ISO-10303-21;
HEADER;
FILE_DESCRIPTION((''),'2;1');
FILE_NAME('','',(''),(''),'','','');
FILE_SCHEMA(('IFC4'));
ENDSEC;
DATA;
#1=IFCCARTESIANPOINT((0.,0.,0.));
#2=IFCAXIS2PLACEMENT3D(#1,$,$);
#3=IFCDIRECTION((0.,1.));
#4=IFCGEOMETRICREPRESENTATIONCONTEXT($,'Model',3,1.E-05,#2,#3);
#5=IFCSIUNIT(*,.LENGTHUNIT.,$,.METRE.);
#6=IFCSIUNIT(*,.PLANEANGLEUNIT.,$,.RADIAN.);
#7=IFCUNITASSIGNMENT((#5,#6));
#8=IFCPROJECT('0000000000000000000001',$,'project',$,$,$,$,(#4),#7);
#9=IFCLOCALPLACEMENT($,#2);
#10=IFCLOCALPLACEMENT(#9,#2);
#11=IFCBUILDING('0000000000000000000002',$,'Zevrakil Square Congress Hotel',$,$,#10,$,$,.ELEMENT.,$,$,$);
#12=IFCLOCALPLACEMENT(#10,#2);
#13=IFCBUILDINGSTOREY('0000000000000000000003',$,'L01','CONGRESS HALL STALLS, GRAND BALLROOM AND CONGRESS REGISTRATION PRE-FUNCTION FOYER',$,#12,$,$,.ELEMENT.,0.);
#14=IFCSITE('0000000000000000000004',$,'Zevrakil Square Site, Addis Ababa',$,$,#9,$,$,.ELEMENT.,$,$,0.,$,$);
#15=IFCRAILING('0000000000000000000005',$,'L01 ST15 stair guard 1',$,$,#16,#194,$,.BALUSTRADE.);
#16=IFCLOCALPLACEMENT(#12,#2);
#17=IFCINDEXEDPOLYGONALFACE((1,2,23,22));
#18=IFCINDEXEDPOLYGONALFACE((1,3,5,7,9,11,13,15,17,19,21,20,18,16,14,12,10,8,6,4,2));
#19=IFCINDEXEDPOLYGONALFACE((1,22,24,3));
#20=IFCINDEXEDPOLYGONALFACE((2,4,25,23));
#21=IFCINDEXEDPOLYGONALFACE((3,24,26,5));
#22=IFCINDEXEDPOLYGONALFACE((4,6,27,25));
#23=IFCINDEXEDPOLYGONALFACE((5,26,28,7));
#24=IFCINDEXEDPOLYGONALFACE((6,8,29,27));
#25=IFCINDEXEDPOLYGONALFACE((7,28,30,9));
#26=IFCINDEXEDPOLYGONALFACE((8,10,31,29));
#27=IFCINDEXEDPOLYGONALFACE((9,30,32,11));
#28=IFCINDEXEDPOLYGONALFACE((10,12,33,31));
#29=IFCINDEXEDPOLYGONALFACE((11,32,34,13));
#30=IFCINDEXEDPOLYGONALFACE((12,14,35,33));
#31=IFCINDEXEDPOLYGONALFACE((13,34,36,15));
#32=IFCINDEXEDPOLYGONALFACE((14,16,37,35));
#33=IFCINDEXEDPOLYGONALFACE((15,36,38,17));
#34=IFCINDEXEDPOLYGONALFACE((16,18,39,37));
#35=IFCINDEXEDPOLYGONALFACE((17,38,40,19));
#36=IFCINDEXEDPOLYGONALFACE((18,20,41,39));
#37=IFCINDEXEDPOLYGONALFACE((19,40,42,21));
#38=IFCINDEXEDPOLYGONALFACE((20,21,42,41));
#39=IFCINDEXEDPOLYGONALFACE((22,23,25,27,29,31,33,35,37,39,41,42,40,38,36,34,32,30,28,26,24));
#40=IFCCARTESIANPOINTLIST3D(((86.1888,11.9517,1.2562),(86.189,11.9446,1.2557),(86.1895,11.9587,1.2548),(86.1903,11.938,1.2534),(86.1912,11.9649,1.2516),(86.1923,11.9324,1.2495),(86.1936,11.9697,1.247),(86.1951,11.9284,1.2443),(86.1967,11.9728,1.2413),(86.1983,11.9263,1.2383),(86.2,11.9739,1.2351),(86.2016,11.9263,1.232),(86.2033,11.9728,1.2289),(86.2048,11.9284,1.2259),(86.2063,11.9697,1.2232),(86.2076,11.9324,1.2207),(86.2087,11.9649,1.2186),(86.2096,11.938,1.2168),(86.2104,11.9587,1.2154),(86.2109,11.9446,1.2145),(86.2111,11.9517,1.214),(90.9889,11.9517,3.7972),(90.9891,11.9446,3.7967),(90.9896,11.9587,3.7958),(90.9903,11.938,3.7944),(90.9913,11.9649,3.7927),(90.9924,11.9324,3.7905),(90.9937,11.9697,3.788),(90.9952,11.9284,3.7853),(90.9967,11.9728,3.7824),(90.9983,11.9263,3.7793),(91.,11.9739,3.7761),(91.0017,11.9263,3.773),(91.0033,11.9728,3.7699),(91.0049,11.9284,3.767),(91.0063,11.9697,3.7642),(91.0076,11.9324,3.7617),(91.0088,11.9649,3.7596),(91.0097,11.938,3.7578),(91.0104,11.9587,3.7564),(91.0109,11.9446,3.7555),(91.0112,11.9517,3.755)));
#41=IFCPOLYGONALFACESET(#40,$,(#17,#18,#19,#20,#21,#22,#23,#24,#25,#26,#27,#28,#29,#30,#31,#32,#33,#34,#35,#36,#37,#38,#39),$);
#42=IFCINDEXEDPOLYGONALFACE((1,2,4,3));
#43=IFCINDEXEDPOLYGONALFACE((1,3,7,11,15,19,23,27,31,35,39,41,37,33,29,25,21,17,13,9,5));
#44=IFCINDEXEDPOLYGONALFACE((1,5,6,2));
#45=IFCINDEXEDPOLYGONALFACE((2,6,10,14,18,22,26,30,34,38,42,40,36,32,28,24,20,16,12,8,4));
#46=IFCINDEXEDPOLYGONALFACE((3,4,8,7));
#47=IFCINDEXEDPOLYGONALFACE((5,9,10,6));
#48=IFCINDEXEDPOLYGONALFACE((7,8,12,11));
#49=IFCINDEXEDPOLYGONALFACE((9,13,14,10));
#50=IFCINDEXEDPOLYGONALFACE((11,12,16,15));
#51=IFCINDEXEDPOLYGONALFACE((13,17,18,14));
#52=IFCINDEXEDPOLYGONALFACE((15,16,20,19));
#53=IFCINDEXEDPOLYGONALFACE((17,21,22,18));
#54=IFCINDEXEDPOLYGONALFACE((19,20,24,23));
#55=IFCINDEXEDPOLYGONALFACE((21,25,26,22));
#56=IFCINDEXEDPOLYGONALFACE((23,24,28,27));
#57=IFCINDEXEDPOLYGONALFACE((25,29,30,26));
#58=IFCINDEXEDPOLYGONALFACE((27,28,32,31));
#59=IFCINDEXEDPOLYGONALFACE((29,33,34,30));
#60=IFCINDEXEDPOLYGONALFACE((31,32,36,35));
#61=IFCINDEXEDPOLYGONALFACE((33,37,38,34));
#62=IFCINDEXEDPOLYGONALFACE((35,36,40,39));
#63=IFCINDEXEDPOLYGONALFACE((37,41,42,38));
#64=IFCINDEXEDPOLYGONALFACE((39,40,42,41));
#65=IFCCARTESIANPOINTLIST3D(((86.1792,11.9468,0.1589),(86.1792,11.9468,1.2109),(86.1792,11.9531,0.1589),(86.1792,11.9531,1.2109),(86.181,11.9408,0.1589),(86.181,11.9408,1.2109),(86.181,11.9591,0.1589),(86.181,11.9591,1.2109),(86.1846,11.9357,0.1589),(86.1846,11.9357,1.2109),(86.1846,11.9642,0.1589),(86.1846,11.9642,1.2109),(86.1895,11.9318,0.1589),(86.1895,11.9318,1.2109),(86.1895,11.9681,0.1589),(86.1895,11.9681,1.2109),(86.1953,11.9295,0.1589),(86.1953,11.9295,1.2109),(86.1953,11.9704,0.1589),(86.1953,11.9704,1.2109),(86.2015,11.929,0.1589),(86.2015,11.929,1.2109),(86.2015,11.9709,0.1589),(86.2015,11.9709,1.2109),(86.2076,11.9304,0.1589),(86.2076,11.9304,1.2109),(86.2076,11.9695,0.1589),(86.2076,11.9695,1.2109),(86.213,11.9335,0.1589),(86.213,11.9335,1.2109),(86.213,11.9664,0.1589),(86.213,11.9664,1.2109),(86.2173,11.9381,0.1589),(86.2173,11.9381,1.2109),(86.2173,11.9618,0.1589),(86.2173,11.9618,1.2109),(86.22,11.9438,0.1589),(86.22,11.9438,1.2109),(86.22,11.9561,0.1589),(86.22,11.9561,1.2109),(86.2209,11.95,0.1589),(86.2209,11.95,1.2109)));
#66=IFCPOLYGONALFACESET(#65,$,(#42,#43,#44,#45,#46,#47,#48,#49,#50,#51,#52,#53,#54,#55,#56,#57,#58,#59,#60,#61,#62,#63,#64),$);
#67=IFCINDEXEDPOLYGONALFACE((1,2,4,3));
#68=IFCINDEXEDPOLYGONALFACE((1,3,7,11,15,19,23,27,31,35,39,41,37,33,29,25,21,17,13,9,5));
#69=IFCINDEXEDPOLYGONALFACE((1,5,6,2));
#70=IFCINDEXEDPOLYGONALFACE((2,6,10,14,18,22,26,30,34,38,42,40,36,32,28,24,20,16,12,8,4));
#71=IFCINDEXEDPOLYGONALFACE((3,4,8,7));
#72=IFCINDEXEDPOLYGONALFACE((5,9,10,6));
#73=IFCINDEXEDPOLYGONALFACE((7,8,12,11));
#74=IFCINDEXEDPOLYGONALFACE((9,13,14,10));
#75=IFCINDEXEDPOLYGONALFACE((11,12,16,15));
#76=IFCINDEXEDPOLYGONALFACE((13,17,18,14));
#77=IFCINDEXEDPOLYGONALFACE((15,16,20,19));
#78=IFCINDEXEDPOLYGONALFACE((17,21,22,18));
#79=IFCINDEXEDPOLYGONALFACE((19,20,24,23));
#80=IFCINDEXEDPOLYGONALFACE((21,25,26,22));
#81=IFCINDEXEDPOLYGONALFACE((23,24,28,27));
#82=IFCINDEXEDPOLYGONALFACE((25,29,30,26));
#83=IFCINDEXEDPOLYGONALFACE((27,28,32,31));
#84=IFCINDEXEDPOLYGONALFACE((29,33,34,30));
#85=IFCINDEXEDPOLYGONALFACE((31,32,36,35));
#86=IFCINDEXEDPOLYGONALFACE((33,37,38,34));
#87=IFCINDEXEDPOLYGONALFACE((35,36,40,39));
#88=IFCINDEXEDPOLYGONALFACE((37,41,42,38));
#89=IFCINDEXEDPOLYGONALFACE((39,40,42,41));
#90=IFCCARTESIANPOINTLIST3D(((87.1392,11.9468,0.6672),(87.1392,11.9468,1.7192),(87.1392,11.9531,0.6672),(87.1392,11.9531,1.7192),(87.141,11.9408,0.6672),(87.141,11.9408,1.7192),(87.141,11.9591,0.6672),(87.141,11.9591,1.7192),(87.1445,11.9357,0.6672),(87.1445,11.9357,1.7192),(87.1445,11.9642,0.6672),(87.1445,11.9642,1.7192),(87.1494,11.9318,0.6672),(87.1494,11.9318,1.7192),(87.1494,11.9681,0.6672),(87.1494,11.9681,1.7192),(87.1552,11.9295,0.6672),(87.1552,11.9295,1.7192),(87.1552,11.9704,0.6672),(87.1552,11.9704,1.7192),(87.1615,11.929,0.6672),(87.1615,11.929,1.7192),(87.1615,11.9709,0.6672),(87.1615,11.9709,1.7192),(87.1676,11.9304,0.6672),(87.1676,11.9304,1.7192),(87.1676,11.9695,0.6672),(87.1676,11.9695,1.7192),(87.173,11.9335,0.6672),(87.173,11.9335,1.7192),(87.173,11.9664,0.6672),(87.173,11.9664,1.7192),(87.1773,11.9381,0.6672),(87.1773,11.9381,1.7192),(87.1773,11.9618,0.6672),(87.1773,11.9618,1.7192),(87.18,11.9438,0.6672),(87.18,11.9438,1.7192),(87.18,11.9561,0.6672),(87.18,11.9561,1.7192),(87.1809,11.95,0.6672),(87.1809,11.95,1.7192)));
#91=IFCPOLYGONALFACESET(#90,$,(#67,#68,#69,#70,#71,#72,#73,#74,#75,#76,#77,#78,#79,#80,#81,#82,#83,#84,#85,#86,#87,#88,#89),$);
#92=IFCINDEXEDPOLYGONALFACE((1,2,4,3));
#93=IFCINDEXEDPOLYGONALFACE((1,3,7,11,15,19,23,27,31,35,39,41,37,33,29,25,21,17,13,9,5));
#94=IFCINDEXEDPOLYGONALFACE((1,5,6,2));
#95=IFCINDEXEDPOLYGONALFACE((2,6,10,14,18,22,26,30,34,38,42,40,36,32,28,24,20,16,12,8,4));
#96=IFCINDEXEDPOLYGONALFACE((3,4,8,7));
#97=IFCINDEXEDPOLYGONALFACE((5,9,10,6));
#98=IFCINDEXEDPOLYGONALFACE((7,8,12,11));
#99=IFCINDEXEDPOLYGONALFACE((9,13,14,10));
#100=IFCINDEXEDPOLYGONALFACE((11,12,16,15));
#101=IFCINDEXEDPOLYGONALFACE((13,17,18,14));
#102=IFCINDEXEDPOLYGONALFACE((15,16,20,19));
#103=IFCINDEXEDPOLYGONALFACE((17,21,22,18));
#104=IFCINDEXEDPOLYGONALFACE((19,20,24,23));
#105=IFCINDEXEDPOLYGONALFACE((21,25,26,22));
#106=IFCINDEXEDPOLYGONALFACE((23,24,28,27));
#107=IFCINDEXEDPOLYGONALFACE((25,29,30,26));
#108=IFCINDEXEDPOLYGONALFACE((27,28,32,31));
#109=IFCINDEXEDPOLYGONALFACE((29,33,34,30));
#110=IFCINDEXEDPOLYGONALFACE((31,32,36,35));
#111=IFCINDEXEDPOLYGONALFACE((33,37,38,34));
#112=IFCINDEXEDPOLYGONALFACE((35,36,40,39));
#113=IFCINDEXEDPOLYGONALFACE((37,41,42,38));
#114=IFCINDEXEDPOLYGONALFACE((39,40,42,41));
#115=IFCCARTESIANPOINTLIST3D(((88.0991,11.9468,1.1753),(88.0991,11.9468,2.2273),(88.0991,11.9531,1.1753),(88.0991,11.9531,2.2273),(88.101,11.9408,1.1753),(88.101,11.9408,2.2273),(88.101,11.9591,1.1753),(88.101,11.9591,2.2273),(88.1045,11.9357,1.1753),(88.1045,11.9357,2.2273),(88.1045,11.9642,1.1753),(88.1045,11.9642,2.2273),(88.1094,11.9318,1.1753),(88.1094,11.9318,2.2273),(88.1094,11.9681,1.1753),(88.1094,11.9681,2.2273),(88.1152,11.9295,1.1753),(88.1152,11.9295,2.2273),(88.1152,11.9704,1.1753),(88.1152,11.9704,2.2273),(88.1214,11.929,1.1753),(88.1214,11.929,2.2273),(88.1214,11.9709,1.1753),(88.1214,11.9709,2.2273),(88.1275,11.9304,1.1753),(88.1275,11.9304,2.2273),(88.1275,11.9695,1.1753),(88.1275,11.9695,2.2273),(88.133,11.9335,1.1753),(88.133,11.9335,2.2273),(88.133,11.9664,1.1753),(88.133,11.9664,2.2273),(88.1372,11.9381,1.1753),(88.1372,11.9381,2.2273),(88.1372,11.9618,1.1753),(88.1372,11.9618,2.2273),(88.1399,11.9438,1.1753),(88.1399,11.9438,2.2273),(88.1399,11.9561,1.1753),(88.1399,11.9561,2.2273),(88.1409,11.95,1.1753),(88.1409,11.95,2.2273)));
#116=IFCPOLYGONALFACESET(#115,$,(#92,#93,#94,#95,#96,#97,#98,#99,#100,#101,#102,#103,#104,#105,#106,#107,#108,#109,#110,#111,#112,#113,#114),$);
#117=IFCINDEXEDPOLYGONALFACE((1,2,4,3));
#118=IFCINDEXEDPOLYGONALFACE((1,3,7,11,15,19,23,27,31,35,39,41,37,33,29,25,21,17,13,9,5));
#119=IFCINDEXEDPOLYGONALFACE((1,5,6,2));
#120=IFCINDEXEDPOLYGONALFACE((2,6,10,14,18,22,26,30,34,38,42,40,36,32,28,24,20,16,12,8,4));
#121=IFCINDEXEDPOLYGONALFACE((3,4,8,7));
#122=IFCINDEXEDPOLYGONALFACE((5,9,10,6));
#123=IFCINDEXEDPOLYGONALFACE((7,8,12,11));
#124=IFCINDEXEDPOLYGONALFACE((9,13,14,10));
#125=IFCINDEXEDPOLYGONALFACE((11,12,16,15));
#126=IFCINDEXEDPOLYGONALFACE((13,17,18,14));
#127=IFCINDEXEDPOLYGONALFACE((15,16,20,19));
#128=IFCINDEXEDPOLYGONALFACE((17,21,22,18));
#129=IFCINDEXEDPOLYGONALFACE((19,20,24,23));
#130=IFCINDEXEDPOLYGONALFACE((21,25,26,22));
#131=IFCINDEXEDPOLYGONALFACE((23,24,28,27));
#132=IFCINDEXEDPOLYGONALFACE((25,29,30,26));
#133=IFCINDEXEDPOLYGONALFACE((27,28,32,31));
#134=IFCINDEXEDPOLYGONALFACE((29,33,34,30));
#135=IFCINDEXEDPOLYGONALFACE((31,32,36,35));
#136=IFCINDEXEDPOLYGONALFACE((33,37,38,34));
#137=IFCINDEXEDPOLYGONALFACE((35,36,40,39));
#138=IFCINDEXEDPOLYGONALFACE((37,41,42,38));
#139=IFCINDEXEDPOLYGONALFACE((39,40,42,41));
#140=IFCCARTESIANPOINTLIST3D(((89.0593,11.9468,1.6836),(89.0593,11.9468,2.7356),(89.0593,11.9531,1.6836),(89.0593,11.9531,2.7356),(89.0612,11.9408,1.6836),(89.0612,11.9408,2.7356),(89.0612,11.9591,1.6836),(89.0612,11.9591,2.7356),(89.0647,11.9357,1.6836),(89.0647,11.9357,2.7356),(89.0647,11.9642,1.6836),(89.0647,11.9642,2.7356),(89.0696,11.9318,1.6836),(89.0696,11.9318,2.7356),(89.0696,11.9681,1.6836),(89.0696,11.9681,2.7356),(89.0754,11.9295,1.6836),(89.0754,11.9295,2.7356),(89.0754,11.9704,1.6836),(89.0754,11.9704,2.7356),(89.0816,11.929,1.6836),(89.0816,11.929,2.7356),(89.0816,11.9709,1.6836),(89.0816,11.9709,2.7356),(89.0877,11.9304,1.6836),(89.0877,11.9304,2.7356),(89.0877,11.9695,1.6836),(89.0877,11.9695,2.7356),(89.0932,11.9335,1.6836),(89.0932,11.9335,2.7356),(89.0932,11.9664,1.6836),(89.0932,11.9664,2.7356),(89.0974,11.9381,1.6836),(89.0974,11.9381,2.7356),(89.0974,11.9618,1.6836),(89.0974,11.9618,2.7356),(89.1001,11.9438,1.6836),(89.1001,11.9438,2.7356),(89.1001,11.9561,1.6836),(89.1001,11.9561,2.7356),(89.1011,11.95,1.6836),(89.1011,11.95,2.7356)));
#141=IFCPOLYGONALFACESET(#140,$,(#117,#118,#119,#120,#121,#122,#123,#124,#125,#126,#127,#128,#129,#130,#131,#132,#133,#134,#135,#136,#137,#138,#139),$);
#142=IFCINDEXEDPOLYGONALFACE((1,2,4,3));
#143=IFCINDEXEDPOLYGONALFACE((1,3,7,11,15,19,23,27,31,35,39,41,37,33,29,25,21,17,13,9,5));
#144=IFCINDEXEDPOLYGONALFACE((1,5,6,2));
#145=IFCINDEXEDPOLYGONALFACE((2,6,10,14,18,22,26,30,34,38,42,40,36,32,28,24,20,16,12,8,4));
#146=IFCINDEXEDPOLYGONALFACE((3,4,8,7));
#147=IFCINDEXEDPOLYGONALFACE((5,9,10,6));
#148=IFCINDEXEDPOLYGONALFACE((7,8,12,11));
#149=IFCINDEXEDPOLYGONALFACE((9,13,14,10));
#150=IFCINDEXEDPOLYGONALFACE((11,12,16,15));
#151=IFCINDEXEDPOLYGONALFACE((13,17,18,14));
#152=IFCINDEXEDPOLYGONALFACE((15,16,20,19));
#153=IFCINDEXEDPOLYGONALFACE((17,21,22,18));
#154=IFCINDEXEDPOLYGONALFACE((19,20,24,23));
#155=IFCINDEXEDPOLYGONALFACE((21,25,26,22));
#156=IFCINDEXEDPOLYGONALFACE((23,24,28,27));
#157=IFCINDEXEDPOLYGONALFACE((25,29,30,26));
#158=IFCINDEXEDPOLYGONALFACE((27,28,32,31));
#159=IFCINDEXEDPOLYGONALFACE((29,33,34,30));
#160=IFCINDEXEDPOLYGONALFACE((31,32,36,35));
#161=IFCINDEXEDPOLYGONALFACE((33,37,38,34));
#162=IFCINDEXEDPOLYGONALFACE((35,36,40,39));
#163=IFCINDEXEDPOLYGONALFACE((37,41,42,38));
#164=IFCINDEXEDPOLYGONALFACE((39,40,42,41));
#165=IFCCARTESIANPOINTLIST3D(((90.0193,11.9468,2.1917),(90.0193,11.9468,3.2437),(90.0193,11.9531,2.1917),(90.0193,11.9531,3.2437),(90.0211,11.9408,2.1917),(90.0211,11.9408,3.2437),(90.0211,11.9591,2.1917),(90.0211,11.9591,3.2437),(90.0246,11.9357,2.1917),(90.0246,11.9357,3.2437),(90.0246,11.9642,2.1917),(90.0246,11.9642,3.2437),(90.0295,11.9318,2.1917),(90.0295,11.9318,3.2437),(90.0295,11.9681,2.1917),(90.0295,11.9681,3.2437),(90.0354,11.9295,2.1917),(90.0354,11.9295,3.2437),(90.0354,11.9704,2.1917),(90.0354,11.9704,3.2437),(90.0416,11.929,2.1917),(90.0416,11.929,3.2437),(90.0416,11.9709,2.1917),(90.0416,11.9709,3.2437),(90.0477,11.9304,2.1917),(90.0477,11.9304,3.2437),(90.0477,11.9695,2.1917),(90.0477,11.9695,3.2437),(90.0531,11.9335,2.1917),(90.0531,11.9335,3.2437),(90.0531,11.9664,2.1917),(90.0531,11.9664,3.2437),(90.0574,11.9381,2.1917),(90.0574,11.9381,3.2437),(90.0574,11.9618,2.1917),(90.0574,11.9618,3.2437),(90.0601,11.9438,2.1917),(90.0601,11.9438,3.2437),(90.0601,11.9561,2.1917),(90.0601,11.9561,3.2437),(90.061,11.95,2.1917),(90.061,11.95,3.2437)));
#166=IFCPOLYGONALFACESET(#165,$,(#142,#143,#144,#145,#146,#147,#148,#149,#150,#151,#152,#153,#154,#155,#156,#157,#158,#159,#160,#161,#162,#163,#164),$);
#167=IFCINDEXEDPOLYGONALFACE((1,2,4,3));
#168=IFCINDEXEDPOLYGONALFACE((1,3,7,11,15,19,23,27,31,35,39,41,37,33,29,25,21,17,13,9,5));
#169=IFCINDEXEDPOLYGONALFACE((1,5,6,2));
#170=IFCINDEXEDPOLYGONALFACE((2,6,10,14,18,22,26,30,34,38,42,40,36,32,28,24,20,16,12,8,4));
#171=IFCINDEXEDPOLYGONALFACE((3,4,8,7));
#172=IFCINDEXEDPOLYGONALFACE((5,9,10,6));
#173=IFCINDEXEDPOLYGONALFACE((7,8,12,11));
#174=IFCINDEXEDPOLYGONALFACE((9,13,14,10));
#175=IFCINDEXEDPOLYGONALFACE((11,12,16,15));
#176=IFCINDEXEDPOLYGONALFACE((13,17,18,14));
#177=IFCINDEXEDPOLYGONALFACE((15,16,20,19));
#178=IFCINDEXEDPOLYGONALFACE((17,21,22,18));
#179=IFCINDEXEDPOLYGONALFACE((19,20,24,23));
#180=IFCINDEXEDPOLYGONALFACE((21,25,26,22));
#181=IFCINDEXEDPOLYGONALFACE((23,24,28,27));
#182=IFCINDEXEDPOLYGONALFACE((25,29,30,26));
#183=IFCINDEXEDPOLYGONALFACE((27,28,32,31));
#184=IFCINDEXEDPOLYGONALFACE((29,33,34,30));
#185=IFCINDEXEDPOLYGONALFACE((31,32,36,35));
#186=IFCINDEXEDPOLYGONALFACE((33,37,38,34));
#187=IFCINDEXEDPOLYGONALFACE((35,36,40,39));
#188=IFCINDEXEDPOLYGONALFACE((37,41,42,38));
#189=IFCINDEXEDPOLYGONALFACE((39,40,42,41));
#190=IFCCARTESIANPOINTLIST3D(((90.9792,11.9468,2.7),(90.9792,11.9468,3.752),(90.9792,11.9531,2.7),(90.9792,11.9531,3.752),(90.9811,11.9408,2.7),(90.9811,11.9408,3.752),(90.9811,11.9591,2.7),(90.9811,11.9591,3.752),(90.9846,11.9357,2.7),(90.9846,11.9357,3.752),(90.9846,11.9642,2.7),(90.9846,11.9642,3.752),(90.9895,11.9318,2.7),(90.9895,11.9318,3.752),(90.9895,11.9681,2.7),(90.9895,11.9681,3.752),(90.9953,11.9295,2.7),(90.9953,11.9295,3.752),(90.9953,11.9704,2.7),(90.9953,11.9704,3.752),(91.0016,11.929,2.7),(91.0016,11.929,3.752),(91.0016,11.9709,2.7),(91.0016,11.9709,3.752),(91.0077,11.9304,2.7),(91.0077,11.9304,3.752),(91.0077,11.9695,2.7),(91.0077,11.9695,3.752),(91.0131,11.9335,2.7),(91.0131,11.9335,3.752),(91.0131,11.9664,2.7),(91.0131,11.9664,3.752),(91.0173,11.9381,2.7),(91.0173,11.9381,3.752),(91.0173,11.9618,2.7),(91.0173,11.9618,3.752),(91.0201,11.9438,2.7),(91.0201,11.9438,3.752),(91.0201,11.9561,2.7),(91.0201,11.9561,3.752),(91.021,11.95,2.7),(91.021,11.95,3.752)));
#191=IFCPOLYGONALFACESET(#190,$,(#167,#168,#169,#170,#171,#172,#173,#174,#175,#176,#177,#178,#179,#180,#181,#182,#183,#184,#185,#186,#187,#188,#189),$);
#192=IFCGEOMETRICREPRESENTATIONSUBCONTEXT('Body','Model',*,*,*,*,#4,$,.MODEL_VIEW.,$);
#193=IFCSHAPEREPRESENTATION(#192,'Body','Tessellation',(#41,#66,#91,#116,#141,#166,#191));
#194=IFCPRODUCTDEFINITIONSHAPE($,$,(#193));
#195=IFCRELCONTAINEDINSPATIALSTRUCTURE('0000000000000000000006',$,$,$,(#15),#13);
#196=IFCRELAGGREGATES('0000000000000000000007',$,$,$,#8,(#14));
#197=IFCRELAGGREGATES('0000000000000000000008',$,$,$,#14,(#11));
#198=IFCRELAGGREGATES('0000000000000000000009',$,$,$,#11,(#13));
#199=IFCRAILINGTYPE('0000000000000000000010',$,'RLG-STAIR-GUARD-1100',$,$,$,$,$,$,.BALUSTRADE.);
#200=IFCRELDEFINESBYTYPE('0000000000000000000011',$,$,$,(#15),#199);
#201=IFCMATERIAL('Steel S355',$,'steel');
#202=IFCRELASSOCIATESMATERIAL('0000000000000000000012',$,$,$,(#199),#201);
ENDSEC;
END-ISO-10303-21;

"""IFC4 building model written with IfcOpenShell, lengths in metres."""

from ifc_helpers import new_model, si_unit, direction, frame, origin, origin_2d, place, context, subcontext, project, spatial, circle, extrude, material, type_object, element, save


model = new_model("IFC4")

# Units and contexts
model_context = context("Model", 3, precision=1e-05, world=origin(), true_north=direction((0.0, 1.0)))
body_context = subcontext(model_context, "Body", "Model", "MODEL_VIEW")
ifc_project = project(units=[si_unit("LENGTHUNIT", "METRE"), si_unit("PLANEANGLEUNIT", "RADIAN")], contexts=[model_context])

# Site, building, storey
site_placement = place(None, origin())
site = spatial("IfcSite", under=ifc_project, at=site_placement, Name="Zevrakil Square Site, Addis Ababa", CompositionType="ELEMENT", RefElevation=0.0)
building_placement = place(site_placement, origin())
building = spatial("IfcBuilding", under=site, at=building_placement, Name="Zevrakil Square Congress Hotel", CompositionType="ELEMENT")
storey_placement = place(building_placement, origin())
storey = spatial("IfcBuildingStorey", under=building, at=storey_placement, Name="L01", Description="CONGRESS HALL STALLS, GRAND BALLROOM AND CONGRESS REGISTRATION PRE-FUNCTION FOYER", CompositionType="ELEMENT", Elevation=0.0)

# Railing
ifc_material_1 = material(Name="Steel S355", Category="steel")
railing_type_1 = type_object("IfcRailingType", Name="RLG-STAIR-GUARD-1100", PredefinedType="BALUSTRADE", material=ifc_material_1)
railing_1_placement = place(storey_placement, frame((86.2, 11.95, 0.1589)))
element("IfcRailing", 1, at=railing_1_placement, inside=storey, type_object=railing_type_1, Name="L01 ST15 stair guard 1", PredefinedType="BALUSTRADE", context=body_context, shape_type="SweptSolid", body=[
    extrude(circle(Radius=0.0239, at=origin_2d()), frame((0.0, 0.0, 1.0762), z_axis=(0.883802, 0.0, 0.467861), x_axis=(0.0, 1.0, 0.0)), (0.0, 0.0, 1.0), 5.4312),
    extrude(circle(Radius=0.021, at=origin_2d()), origin(), (0.0, 0.0, 1.0), 1.052),
    extrude(circle(Radius=0.021, at=origin_2d()), frame((0.96, 0.0, 0.5083)), (0.0, 0.0, 1.0), 1.052),
    extrude(circle(Radius=0.021, at=origin_2d()), frame((1.9199, 0.0, 1.0164)), (0.0, 0.0, 1.0), 1.052),
    extrude(circle(Radius=0.021, at=origin_2d()), frame((2.8801, 0.0, 1.5247)), (0.0, 0.0, 1.0), 1.052),
    extrude(circle(Radius=0.021, at=origin_2d()), frame((3.8401, 0.0, 2.0327)), (0.0, 0.0, 1.0), 1.052),
    extrude(circle(Radius=0.021, at=origin_2d()), frame((4.8, 0.0, 2.541)), (0.0, 0.0, 1.0), 1.052),
])

save(model, "model.ifc")
